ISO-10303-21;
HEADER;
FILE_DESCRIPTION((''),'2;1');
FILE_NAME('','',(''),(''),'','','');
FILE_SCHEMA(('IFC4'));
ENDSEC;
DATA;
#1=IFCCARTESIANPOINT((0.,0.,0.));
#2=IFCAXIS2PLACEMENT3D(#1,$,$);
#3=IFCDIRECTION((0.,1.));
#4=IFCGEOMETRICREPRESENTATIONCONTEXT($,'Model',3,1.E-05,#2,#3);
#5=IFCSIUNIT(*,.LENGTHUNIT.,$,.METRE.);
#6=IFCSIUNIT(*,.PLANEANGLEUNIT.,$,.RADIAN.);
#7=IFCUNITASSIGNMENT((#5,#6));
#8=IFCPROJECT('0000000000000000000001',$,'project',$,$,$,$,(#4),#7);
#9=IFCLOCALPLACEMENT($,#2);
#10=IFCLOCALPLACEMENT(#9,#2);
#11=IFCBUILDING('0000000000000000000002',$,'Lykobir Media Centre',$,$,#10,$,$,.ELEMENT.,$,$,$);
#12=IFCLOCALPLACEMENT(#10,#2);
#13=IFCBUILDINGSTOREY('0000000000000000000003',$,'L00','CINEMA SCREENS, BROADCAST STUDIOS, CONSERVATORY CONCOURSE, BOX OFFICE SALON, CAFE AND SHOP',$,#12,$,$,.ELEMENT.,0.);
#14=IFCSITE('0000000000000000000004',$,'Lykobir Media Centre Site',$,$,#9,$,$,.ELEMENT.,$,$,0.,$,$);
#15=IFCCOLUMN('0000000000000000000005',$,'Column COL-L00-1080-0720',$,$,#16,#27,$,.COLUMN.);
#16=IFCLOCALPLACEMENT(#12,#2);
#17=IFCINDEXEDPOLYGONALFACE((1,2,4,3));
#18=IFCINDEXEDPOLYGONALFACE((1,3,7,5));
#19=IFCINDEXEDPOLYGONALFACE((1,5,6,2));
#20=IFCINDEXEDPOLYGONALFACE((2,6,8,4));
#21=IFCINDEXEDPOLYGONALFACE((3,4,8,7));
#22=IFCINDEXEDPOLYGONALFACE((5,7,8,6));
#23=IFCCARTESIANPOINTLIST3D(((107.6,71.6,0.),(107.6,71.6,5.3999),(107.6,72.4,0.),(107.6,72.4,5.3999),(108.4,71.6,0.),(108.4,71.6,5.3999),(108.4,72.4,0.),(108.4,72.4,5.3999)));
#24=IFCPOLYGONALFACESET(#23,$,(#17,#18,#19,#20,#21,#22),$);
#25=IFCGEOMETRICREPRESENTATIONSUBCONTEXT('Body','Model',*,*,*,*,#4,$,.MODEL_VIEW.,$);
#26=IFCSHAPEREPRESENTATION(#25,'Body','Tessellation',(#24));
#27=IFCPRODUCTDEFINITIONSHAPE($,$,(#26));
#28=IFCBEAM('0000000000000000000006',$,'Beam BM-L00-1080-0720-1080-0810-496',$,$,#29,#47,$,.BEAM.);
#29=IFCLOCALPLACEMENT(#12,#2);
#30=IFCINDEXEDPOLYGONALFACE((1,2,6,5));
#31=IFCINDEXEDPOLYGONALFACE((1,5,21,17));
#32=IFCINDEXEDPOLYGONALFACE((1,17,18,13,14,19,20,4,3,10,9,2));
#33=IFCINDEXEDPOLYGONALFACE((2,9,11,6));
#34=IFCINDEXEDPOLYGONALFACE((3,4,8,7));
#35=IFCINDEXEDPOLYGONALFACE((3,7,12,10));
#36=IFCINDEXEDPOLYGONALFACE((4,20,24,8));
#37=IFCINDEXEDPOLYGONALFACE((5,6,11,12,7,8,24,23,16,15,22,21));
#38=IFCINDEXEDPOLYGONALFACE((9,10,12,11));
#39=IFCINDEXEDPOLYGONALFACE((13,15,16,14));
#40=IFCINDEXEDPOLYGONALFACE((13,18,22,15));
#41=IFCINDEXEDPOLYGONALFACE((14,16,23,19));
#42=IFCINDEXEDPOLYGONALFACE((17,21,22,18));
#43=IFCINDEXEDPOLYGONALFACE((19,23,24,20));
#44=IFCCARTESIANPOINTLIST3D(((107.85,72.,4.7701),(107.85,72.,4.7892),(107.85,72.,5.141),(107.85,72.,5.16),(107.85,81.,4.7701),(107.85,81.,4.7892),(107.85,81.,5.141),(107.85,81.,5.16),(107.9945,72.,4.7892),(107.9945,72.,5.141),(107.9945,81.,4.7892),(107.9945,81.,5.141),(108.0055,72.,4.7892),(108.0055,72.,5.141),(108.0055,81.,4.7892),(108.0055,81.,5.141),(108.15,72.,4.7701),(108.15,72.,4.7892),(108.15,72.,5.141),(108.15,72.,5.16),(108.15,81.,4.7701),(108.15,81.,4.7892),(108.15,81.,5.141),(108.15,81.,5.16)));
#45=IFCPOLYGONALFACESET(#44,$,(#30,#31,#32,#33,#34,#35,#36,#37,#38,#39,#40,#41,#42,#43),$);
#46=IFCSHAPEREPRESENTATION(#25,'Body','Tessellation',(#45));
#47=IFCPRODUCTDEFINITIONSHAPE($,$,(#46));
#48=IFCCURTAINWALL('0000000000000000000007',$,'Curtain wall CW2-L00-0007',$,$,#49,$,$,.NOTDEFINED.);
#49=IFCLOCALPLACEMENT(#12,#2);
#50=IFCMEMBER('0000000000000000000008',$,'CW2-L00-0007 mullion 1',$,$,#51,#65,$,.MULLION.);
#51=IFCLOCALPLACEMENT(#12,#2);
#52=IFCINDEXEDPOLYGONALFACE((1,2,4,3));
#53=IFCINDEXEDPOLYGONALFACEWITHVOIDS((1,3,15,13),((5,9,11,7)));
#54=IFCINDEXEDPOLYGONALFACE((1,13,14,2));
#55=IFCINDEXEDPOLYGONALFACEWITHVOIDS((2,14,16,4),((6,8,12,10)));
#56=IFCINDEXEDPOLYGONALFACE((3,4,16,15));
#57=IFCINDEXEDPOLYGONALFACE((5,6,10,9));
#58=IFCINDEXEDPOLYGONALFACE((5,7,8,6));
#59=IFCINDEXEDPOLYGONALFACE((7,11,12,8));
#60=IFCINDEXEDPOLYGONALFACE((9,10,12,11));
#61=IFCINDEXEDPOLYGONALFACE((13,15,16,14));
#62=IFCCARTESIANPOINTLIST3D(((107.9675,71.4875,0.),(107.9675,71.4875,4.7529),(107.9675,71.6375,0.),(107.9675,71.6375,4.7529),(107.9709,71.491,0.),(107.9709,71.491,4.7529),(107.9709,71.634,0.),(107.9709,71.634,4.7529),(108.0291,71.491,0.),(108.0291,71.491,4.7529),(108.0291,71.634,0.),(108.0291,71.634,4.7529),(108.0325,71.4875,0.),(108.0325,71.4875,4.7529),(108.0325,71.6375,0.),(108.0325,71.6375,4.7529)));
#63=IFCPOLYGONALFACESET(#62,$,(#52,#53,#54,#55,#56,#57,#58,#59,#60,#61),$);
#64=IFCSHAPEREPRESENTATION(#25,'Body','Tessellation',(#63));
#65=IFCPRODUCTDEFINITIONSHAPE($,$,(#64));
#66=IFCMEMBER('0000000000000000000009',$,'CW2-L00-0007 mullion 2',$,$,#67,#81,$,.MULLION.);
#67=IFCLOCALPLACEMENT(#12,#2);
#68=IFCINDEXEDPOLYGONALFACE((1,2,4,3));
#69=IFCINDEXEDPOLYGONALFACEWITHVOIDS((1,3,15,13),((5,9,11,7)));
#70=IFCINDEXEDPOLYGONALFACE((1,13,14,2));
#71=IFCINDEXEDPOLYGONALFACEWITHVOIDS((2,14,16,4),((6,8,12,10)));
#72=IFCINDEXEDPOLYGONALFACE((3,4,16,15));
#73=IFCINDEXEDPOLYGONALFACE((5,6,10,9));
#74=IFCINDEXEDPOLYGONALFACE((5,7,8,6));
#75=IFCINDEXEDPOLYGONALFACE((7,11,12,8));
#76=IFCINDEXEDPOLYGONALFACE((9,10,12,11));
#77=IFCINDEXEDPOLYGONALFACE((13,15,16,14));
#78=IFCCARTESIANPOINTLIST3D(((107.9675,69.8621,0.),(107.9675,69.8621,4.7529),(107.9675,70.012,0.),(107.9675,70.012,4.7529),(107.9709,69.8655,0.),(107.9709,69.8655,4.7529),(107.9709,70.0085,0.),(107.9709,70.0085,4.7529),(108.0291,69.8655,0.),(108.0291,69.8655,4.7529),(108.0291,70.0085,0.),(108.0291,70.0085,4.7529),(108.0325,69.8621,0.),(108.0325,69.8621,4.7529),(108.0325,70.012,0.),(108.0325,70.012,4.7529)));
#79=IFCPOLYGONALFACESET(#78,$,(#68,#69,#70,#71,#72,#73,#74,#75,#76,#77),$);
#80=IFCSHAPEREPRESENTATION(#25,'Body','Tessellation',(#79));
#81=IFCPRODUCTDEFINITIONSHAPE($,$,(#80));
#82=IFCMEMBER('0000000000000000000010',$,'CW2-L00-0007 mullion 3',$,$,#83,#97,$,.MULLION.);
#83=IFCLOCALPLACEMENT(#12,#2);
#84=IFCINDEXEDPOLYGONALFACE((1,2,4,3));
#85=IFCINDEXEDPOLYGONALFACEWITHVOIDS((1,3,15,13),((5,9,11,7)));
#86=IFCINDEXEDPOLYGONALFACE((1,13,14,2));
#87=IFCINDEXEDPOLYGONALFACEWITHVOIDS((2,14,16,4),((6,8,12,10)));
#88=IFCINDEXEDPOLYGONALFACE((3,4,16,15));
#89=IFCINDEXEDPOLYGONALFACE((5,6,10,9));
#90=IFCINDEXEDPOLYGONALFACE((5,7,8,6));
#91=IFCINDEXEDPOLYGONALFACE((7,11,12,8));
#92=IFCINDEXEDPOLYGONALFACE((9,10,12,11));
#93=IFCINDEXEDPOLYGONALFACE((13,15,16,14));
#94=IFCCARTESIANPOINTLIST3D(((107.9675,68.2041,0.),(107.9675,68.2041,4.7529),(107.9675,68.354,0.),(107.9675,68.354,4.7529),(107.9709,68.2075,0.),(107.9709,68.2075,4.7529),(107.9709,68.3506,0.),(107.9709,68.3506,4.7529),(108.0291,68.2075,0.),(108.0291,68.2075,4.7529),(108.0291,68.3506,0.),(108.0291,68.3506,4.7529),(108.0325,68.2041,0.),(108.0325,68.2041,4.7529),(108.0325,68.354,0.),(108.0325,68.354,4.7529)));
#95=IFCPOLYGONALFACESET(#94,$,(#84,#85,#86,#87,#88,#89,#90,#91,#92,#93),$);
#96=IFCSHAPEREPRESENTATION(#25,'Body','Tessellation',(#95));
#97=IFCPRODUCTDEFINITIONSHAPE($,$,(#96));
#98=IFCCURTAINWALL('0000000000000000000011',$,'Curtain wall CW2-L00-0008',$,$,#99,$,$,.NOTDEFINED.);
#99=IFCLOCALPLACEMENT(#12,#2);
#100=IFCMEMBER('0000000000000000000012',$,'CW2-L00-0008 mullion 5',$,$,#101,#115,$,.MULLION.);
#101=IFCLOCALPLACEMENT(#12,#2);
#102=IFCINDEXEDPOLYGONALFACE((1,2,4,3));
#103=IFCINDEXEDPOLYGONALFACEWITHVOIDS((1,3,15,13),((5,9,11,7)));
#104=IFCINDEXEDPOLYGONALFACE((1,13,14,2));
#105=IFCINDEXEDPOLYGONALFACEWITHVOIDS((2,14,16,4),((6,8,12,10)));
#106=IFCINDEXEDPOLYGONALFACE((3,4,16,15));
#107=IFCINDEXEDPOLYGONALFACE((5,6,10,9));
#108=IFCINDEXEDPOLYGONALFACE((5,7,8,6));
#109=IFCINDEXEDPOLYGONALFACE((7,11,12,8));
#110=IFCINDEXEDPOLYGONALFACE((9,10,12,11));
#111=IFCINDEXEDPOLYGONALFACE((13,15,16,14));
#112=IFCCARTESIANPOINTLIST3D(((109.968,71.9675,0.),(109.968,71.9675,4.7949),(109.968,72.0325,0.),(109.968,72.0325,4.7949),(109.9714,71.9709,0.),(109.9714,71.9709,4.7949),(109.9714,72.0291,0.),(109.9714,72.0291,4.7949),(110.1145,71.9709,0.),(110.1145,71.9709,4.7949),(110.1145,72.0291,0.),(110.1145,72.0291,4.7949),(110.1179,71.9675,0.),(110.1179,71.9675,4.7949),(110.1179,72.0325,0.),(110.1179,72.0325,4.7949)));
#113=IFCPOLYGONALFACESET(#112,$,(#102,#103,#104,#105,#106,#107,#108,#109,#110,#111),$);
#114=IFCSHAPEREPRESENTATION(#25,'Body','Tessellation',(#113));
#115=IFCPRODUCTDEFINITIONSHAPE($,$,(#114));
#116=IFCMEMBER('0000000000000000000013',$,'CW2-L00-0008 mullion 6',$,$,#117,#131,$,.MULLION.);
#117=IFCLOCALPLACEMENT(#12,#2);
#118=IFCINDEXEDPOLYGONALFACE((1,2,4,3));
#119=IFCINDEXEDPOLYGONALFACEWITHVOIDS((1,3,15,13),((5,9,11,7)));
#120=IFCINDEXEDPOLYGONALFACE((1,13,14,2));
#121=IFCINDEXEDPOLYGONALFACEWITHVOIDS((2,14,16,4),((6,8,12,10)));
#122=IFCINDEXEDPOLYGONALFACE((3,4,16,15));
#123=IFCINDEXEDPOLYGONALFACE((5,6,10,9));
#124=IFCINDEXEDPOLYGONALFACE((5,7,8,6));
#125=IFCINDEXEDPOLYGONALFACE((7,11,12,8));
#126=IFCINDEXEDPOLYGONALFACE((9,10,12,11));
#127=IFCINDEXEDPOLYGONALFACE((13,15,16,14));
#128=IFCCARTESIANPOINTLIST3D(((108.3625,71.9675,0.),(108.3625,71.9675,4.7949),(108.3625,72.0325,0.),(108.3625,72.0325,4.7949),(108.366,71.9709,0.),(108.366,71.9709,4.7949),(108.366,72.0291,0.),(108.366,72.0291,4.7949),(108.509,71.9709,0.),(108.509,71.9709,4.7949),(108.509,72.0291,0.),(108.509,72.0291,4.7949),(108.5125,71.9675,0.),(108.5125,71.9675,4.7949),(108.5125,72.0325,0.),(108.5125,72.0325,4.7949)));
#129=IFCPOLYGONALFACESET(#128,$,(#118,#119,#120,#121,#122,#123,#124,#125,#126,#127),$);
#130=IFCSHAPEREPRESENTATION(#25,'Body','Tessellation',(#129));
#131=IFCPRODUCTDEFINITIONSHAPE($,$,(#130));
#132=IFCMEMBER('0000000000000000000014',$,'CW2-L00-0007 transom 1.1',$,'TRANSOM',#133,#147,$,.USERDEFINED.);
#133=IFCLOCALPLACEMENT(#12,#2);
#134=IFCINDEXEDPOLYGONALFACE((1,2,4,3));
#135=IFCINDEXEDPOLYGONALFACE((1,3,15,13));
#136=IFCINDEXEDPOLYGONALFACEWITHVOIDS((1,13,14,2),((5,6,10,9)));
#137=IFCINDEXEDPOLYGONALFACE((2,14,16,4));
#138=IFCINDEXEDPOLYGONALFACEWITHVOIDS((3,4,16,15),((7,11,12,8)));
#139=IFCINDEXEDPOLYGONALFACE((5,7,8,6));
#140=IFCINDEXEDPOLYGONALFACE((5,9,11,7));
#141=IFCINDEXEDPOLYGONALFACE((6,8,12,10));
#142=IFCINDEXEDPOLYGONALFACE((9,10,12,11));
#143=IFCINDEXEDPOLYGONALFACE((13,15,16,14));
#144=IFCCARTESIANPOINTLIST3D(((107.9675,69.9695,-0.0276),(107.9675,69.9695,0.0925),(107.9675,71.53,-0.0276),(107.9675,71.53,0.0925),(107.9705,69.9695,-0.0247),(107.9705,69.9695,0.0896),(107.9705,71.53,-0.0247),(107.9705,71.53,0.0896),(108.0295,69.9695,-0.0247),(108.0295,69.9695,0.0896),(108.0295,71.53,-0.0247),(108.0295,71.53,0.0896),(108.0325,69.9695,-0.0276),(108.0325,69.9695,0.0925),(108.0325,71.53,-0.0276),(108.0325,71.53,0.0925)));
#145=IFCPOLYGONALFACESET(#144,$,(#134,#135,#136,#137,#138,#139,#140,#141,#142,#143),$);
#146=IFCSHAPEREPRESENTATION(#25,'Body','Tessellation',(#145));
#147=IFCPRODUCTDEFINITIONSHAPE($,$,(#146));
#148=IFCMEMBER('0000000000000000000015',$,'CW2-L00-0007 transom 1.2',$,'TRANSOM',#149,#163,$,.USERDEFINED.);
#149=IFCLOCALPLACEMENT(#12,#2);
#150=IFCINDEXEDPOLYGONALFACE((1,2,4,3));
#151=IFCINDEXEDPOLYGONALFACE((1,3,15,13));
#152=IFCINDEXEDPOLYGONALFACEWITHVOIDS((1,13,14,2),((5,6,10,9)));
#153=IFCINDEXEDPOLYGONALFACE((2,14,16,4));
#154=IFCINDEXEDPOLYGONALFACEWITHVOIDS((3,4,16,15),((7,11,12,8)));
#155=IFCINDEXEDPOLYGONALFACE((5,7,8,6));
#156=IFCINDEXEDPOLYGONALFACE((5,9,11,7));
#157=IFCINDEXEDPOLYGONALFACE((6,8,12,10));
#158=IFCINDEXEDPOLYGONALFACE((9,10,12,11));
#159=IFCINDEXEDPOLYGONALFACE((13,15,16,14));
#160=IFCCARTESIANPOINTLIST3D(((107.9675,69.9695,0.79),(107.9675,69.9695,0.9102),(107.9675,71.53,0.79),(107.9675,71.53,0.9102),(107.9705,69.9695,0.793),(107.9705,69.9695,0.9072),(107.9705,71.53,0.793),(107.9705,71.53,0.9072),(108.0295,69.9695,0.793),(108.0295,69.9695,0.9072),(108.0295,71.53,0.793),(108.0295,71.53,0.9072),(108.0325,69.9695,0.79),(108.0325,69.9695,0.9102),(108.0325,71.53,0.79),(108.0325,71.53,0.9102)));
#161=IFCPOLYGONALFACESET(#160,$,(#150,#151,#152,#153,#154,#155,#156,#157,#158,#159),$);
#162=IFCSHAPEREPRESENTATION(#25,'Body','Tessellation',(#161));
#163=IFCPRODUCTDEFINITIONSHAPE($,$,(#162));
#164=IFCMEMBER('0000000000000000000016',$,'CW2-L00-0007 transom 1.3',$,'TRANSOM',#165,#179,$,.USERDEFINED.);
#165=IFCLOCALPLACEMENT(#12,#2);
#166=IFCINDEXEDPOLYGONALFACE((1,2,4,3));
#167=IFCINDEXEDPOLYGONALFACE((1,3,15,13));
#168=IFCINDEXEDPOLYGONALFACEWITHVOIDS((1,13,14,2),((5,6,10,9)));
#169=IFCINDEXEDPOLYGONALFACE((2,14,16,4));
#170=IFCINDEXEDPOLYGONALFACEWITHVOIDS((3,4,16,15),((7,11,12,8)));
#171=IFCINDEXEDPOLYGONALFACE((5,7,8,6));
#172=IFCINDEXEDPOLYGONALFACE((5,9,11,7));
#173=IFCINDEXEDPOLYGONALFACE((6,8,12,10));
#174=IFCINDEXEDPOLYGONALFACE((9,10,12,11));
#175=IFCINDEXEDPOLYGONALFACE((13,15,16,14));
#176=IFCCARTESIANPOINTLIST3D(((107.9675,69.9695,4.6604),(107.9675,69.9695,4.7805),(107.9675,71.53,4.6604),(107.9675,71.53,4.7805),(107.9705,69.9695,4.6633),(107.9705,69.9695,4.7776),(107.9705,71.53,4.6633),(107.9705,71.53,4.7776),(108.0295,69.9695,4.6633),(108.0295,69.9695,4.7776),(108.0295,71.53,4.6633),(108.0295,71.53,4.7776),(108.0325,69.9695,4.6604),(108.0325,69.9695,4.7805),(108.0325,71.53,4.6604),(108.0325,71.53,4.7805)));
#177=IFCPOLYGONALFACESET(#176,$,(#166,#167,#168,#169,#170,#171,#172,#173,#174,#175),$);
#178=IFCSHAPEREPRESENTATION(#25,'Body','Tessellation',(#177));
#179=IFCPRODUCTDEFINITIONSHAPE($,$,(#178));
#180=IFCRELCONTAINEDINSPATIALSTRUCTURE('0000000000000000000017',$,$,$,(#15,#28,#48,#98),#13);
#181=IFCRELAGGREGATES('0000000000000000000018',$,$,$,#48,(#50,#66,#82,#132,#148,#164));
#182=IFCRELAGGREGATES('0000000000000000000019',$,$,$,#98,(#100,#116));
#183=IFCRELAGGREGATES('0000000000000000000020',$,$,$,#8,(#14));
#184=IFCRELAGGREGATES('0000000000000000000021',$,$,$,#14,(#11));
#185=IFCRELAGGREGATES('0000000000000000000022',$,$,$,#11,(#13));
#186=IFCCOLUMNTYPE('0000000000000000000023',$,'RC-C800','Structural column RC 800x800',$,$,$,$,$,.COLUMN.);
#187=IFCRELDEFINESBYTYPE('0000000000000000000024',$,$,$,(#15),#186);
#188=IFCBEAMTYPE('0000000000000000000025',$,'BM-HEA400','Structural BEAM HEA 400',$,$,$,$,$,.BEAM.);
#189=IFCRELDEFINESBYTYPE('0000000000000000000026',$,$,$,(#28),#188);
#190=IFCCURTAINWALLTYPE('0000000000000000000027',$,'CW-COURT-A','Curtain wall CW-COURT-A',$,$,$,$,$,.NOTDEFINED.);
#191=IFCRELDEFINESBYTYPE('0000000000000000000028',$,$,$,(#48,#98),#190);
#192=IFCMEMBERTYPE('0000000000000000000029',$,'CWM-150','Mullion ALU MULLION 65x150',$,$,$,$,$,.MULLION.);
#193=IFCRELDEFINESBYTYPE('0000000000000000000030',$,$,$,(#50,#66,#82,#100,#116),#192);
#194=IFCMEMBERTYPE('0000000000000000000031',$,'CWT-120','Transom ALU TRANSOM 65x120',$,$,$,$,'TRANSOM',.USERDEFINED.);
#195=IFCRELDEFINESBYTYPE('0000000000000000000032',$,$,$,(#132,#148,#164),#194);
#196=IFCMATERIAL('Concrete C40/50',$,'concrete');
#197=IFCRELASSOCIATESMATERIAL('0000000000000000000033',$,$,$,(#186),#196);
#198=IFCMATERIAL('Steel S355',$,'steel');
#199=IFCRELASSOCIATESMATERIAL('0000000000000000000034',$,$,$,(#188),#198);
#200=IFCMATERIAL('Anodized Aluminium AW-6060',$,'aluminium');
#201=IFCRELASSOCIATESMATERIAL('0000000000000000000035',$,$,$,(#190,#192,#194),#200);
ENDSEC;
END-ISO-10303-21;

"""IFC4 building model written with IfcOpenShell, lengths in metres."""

from ifc_helpers import new_model, si_unit, direction, frame, origin, origin_2d, place, context, subcontext, project, spatial, rectangle, hollow_rectangle, i_section, extrude, material, material_profile, profile_set, type_object, element, aggregate, save


model = new_model("IFC4")

# Units and contexts
model_context = context("Model", 3, precision=1e-05, world=origin(), true_north=direction((0.0, 1.0)))
body_context = subcontext(model_context, "Body", "Model", "MODEL_VIEW")
ifc_project = project(units=[si_unit("LENGTHUNIT", "METRE"), si_unit("PLANEANGLEUNIT", "RADIAN")], contexts=[model_context])

# Site, building, storey
site_placement = place(None, origin())
site = spatial("IfcSite", under=ifc_project, at=site_placement, Name="Lykobir Media Centre Site", CompositionType="ELEMENT", RefElevation=0.0)
building_placement = place(site_placement, origin())
building = spatial("IfcBuilding", under=site, at=building_placement, Name="Lykobir Media Centre", CompositionType="ELEMENT")
storey_placement = place(building_placement, origin())
storey = spatial("IfcBuildingStorey", under=building, at=storey_placement, Name="L00", Description="CINEMA SCREENS, BROADCAST STUDIOS, CONSERVATORY CONCOURSE, BOX OFFICE SALON, CAFE AND SHOP", CompositionType="ELEMENT", Elevation=0.0)

# Column
ifc_material_1 = material(Name="Concrete C40/50", Category="concrete")
ifc_material_profile_1 = material_profile(ifc_material_1, rectangle(XDim=0.8, YDim=0.8, at=origin_2d()), Name="RC 800x800")
ifc_profile_set_1 = profile_set([ifc_material_profile_1], Name="Concrete C40/50")
column_type = type_object("IfcColumnType", Name="RC-C800", Description="Structural column RC 800x800", PredefinedType="COLUMN", material=ifc_profile_set_1)
column_placement = place(storey_placement, frame((108.0, 72.0, 0.0), z_axis=(0.0, 0.0, 1.0), x_axis=(1.0, 0.0, 0.0)))
element("IfcColumn", 1, at=column_placement, inside=storey, type_object=column_type, Name="Column COL-L00-1080-0720", PredefinedType="COLUMN", context=body_context, shape_type="SweptSolid", body=[
    extrude(rectangle(XDim=0.8, YDim=0.8, at=origin_2d()), origin(), (0.0, 0.0, 1.0), 5.3999),
])

# Beam
ifc_material_2 = material(Name="Steel S355", Category="steel")
ifc_material_profile_2 = material_profile(ifc_material_2, i_section(OverallWidth=0.3, OverallDepth=0.3899, WebThickness=0.011, FlangeThickness=0.019, at=origin_2d()), Name="HEA 400")
ifc_profile_set_2 = profile_set([ifc_material_profile_2], Name="Steel S355")
beam_type_1 = type_object("IfcBeamType", Name="BM-HEA400", Description="Structural BEAM HEA 400", PredefinedType="BEAM", material=ifc_profile_set_2)
beam_1_placement = place(storey_placement, frame((108.0, 72.0, 4.9651), z_axis=(0.0, 1.0, 0.0), x_axis=(-1.0, 0.0, 0.0)))
element("IfcBeam", 2, at=beam_1_placement, inside=storey, type_object=beam_type_1, Name="Beam BM-L00-1080-0720-1080-0810-496", PredefinedType="BEAM", context=body_context, shape_type="SweptSolid", body=[
    extrude(i_section(OverallWidth=0.3, OverallDepth=0.3899, WebThickness=0.011, FlangeThickness=0.019, at=origin_2d()), origin(), (0.0, 0.0, 1.0), 9.0),
])

# Curtain walls, members
ifc_material_3 = material(Name="Anodized Aluminium AW-6060", Category="aluminium")
curtain_wall_type = type_object("IfcCurtainWallType", Name="CW-COURT-A", Description="Curtain wall CW-COURT-A", PredefinedType="NOTDEFINED", material=ifc_material_3)
curtain_wall_1_placement = place(storey_placement, origin())
curtain_wall_1 = element("IfcCurtainWall", 3, at=curtain_wall_1_placement, inside=storey, type_object=curtain_wall_type, Name="Curtain wall CW2-L00-0007", PredefinedType="NOTDEFINED")
ifc_material_profile_3 = material_profile(ifc_material_3, hollow_rectangle(XDim=0.0649, YDim=0.1499, WallThickness=0.0034, at=origin_2d()), Name="ALU MULLION 65x150")
ifc_profile_set_3 = profile_set([ifc_material_profile_3], Name="Anodized Aluminium AW-6060")
member_type_1 = type_object("IfcMemberType", Name="CWM-150", Description="Mullion ALU MULLION 65x150", PredefinedType="MULLION", material=ifc_profile_set_3)
member_1_placement = place(storey_placement, frame((108.0, 71.5625, 0.0), z_axis=(0.0, 0.0, 1.0), x_axis=(1.0, 0.0, 0.0)))
member_1 = element("IfcMember", 4, at=member_1_placement, type_object=member_type_1, Name="CW2-L00-0007 mullion 1", PredefinedType="MULLION", context=body_context, shape_type="SweptSolid", body=[
    extrude(hollow_rectangle(XDim=0.0649, YDim=0.1499, WallThickness=0.0034, at=origin_2d()), origin(), (0.0, 0.0, 1.0), 4.7529),
])
member_2_placement = place(storey_placement, frame((108.0, 69.937, 0.0), z_axis=(0.0, 0.0, 1.0), x_axis=(1.0, 0.0, 0.0)))
member_2 = element("IfcMember", 5, at=member_2_placement, type_object=member_type_1, Name="CW2-L00-0007 mullion 2", PredefinedType="MULLION", context=body_context, shape_type="SweptSolid", body=[
    extrude(hollow_rectangle(XDim=0.0649, YDim=0.1499, WallThickness=0.0034, at=origin_2d()), origin(), (0.0, 0.0, 1.0), 4.7529),
])
member_3_placement = place(storey_placement, frame((108.0, 68.2791, 0.0), z_axis=(0.0, 0.0, 1.0), x_axis=(1.0, 0.0, 0.0)))
member_3 = element("IfcMember", 6, at=member_3_placement, type_object=member_type_1, Name="CW2-L00-0007 mullion 3", PredefinedType="MULLION", context=body_context, shape_type="SweptSolid", body=[
    extrude(hollow_rectangle(XDim=0.0649, YDim=0.1499, WallThickness=0.0034, at=origin_2d()), origin(), (0.0, 0.0, 1.0), 4.7529),
])
curtain_wall_2_placement = place(storey_placement, origin())
curtain_wall_2 = element("IfcCurtainWall", 7, at=curtain_wall_2_placement, inside=storey, type_object=curtain_wall_type, Name="Curtain wall CW2-L00-0008", PredefinedType="NOTDEFINED")
member_4_placement = place(storey_placement, frame((110.043, 72.0, 0.0), z_axis=(0.0, 0.0, 1.0), x_axis=(0.0, -1.0, 0.0)))
member_4 = element("IfcMember", 8, at=member_4_placement, type_object=member_type_1, Name="CW2-L00-0008 mullion 5", PredefinedType="MULLION", context=body_context, shape_type="SweptSolid", body=[
    extrude(hollow_rectangle(XDim=0.0649, YDim=0.1499, WallThickness=0.0034, at=origin_2d()), origin(), (0.0, 0.0, 1.0), 4.7949),
])
member_5_placement = place(storey_placement, frame((108.4375, 72.0, 0.0), z_axis=(0.0, 0.0, 1.0), x_axis=(0.0, -1.0, 0.0)))
member_5 = element("IfcMember", 9, at=member_5_placement, type_object=member_type_1, Name="CW2-L00-0008 mullion 6", PredefinedType="MULLION", context=body_context, shape_type="SweptSolid", body=[
    extrude(hollow_rectangle(XDim=0.0649, YDim=0.1499, WallThickness=0.0034, at=origin_2d()), origin(), (0.0, 0.0, 1.0), 4.7949),
])

# Members
ifc_material_profile_4 = material_profile(ifc_material_3, hollow_rectangle(XDim=0.0649, YDim=0.1201, WallThickness=0.0029, at=origin_2d()), Name="ALU TRANSOM 65x120")
ifc_profile_set_4 = profile_set([ifc_material_profile_4], Name="Anodized Aluminium AW-6060")
member_type_2 = type_object("IfcMemberType", Name="CWT-120", Description="Transom ALU TRANSOM 65x120", ElementType="TRANSOM", PredefinedType="USERDEFINED", material=ifc_profile_set_4)
member_6_placement = place(storey_placement, frame((108.0, 71.53, 0.0325), z_axis=(0.0, -1.0, 0.0), x_axis=(1.0, 0.0, 0.0)))
member_6 = element("IfcMember", 10, at=member_6_placement, type_object=member_type_2, Name="CW2-L00-0007 transom 1.1", ObjectType="TRANSOM", PredefinedType="USERDEFINED", context=body_context, shape_type="SweptSolid", body=[
    extrude(hollow_rectangle(XDim=0.0649, YDim=0.1201, WallThickness=0.0029, at=origin_2d()), origin(), (0.0, 0.0, 1.0), 1.5605),
])
member_7_placement = place(storey_placement, frame((108.0, 71.53, 0.8501), z_axis=(0.0, -1.0, 0.0), x_axis=(1.0, 0.0, 0.0)))
member_7 = element("IfcMember", 11, at=member_7_placement, type_object=member_type_2, Name="CW2-L00-0007 transom 1.2", ObjectType="TRANSOM", PredefinedType="USERDEFINED", context=body_context, shape_type="SweptSolid", body=[
    extrude(hollow_rectangle(XDim=0.0649, YDim=0.1201, WallThickness=0.0029, at=origin_2d()), origin(), (0.0, 0.0, 1.0), 1.5605),
])
member_8_placement = place(storey_placement, frame((108.0, 71.53, 4.7205), z_axis=(0.0, -1.0, 0.0), x_axis=(1.0, 0.0, 0.0)))
member_8 = element("IfcMember", 12, at=member_8_placement, type_object=member_type_2, Name="CW2-L00-0007 transom 1.3", ObjectType="TRANSOM", PredefinedType="USERDEFINED", context=body_context, shape_type="SweptSolid", body=[
    extrude(hollow_rectangle(XDim=0.0649, YDim=0.1201, WallThickness=0.0029, at=origin_2d()), origin(), (0.0, 0.0, 1.0), 1.5605),
])

aggregate(curtain_wall_1, [member_1, member_2, member_3, member_6, member_7, member_8])
aggregate(curtain_wall_2, [member_4, member_5])

save(model, "model.ifc")
